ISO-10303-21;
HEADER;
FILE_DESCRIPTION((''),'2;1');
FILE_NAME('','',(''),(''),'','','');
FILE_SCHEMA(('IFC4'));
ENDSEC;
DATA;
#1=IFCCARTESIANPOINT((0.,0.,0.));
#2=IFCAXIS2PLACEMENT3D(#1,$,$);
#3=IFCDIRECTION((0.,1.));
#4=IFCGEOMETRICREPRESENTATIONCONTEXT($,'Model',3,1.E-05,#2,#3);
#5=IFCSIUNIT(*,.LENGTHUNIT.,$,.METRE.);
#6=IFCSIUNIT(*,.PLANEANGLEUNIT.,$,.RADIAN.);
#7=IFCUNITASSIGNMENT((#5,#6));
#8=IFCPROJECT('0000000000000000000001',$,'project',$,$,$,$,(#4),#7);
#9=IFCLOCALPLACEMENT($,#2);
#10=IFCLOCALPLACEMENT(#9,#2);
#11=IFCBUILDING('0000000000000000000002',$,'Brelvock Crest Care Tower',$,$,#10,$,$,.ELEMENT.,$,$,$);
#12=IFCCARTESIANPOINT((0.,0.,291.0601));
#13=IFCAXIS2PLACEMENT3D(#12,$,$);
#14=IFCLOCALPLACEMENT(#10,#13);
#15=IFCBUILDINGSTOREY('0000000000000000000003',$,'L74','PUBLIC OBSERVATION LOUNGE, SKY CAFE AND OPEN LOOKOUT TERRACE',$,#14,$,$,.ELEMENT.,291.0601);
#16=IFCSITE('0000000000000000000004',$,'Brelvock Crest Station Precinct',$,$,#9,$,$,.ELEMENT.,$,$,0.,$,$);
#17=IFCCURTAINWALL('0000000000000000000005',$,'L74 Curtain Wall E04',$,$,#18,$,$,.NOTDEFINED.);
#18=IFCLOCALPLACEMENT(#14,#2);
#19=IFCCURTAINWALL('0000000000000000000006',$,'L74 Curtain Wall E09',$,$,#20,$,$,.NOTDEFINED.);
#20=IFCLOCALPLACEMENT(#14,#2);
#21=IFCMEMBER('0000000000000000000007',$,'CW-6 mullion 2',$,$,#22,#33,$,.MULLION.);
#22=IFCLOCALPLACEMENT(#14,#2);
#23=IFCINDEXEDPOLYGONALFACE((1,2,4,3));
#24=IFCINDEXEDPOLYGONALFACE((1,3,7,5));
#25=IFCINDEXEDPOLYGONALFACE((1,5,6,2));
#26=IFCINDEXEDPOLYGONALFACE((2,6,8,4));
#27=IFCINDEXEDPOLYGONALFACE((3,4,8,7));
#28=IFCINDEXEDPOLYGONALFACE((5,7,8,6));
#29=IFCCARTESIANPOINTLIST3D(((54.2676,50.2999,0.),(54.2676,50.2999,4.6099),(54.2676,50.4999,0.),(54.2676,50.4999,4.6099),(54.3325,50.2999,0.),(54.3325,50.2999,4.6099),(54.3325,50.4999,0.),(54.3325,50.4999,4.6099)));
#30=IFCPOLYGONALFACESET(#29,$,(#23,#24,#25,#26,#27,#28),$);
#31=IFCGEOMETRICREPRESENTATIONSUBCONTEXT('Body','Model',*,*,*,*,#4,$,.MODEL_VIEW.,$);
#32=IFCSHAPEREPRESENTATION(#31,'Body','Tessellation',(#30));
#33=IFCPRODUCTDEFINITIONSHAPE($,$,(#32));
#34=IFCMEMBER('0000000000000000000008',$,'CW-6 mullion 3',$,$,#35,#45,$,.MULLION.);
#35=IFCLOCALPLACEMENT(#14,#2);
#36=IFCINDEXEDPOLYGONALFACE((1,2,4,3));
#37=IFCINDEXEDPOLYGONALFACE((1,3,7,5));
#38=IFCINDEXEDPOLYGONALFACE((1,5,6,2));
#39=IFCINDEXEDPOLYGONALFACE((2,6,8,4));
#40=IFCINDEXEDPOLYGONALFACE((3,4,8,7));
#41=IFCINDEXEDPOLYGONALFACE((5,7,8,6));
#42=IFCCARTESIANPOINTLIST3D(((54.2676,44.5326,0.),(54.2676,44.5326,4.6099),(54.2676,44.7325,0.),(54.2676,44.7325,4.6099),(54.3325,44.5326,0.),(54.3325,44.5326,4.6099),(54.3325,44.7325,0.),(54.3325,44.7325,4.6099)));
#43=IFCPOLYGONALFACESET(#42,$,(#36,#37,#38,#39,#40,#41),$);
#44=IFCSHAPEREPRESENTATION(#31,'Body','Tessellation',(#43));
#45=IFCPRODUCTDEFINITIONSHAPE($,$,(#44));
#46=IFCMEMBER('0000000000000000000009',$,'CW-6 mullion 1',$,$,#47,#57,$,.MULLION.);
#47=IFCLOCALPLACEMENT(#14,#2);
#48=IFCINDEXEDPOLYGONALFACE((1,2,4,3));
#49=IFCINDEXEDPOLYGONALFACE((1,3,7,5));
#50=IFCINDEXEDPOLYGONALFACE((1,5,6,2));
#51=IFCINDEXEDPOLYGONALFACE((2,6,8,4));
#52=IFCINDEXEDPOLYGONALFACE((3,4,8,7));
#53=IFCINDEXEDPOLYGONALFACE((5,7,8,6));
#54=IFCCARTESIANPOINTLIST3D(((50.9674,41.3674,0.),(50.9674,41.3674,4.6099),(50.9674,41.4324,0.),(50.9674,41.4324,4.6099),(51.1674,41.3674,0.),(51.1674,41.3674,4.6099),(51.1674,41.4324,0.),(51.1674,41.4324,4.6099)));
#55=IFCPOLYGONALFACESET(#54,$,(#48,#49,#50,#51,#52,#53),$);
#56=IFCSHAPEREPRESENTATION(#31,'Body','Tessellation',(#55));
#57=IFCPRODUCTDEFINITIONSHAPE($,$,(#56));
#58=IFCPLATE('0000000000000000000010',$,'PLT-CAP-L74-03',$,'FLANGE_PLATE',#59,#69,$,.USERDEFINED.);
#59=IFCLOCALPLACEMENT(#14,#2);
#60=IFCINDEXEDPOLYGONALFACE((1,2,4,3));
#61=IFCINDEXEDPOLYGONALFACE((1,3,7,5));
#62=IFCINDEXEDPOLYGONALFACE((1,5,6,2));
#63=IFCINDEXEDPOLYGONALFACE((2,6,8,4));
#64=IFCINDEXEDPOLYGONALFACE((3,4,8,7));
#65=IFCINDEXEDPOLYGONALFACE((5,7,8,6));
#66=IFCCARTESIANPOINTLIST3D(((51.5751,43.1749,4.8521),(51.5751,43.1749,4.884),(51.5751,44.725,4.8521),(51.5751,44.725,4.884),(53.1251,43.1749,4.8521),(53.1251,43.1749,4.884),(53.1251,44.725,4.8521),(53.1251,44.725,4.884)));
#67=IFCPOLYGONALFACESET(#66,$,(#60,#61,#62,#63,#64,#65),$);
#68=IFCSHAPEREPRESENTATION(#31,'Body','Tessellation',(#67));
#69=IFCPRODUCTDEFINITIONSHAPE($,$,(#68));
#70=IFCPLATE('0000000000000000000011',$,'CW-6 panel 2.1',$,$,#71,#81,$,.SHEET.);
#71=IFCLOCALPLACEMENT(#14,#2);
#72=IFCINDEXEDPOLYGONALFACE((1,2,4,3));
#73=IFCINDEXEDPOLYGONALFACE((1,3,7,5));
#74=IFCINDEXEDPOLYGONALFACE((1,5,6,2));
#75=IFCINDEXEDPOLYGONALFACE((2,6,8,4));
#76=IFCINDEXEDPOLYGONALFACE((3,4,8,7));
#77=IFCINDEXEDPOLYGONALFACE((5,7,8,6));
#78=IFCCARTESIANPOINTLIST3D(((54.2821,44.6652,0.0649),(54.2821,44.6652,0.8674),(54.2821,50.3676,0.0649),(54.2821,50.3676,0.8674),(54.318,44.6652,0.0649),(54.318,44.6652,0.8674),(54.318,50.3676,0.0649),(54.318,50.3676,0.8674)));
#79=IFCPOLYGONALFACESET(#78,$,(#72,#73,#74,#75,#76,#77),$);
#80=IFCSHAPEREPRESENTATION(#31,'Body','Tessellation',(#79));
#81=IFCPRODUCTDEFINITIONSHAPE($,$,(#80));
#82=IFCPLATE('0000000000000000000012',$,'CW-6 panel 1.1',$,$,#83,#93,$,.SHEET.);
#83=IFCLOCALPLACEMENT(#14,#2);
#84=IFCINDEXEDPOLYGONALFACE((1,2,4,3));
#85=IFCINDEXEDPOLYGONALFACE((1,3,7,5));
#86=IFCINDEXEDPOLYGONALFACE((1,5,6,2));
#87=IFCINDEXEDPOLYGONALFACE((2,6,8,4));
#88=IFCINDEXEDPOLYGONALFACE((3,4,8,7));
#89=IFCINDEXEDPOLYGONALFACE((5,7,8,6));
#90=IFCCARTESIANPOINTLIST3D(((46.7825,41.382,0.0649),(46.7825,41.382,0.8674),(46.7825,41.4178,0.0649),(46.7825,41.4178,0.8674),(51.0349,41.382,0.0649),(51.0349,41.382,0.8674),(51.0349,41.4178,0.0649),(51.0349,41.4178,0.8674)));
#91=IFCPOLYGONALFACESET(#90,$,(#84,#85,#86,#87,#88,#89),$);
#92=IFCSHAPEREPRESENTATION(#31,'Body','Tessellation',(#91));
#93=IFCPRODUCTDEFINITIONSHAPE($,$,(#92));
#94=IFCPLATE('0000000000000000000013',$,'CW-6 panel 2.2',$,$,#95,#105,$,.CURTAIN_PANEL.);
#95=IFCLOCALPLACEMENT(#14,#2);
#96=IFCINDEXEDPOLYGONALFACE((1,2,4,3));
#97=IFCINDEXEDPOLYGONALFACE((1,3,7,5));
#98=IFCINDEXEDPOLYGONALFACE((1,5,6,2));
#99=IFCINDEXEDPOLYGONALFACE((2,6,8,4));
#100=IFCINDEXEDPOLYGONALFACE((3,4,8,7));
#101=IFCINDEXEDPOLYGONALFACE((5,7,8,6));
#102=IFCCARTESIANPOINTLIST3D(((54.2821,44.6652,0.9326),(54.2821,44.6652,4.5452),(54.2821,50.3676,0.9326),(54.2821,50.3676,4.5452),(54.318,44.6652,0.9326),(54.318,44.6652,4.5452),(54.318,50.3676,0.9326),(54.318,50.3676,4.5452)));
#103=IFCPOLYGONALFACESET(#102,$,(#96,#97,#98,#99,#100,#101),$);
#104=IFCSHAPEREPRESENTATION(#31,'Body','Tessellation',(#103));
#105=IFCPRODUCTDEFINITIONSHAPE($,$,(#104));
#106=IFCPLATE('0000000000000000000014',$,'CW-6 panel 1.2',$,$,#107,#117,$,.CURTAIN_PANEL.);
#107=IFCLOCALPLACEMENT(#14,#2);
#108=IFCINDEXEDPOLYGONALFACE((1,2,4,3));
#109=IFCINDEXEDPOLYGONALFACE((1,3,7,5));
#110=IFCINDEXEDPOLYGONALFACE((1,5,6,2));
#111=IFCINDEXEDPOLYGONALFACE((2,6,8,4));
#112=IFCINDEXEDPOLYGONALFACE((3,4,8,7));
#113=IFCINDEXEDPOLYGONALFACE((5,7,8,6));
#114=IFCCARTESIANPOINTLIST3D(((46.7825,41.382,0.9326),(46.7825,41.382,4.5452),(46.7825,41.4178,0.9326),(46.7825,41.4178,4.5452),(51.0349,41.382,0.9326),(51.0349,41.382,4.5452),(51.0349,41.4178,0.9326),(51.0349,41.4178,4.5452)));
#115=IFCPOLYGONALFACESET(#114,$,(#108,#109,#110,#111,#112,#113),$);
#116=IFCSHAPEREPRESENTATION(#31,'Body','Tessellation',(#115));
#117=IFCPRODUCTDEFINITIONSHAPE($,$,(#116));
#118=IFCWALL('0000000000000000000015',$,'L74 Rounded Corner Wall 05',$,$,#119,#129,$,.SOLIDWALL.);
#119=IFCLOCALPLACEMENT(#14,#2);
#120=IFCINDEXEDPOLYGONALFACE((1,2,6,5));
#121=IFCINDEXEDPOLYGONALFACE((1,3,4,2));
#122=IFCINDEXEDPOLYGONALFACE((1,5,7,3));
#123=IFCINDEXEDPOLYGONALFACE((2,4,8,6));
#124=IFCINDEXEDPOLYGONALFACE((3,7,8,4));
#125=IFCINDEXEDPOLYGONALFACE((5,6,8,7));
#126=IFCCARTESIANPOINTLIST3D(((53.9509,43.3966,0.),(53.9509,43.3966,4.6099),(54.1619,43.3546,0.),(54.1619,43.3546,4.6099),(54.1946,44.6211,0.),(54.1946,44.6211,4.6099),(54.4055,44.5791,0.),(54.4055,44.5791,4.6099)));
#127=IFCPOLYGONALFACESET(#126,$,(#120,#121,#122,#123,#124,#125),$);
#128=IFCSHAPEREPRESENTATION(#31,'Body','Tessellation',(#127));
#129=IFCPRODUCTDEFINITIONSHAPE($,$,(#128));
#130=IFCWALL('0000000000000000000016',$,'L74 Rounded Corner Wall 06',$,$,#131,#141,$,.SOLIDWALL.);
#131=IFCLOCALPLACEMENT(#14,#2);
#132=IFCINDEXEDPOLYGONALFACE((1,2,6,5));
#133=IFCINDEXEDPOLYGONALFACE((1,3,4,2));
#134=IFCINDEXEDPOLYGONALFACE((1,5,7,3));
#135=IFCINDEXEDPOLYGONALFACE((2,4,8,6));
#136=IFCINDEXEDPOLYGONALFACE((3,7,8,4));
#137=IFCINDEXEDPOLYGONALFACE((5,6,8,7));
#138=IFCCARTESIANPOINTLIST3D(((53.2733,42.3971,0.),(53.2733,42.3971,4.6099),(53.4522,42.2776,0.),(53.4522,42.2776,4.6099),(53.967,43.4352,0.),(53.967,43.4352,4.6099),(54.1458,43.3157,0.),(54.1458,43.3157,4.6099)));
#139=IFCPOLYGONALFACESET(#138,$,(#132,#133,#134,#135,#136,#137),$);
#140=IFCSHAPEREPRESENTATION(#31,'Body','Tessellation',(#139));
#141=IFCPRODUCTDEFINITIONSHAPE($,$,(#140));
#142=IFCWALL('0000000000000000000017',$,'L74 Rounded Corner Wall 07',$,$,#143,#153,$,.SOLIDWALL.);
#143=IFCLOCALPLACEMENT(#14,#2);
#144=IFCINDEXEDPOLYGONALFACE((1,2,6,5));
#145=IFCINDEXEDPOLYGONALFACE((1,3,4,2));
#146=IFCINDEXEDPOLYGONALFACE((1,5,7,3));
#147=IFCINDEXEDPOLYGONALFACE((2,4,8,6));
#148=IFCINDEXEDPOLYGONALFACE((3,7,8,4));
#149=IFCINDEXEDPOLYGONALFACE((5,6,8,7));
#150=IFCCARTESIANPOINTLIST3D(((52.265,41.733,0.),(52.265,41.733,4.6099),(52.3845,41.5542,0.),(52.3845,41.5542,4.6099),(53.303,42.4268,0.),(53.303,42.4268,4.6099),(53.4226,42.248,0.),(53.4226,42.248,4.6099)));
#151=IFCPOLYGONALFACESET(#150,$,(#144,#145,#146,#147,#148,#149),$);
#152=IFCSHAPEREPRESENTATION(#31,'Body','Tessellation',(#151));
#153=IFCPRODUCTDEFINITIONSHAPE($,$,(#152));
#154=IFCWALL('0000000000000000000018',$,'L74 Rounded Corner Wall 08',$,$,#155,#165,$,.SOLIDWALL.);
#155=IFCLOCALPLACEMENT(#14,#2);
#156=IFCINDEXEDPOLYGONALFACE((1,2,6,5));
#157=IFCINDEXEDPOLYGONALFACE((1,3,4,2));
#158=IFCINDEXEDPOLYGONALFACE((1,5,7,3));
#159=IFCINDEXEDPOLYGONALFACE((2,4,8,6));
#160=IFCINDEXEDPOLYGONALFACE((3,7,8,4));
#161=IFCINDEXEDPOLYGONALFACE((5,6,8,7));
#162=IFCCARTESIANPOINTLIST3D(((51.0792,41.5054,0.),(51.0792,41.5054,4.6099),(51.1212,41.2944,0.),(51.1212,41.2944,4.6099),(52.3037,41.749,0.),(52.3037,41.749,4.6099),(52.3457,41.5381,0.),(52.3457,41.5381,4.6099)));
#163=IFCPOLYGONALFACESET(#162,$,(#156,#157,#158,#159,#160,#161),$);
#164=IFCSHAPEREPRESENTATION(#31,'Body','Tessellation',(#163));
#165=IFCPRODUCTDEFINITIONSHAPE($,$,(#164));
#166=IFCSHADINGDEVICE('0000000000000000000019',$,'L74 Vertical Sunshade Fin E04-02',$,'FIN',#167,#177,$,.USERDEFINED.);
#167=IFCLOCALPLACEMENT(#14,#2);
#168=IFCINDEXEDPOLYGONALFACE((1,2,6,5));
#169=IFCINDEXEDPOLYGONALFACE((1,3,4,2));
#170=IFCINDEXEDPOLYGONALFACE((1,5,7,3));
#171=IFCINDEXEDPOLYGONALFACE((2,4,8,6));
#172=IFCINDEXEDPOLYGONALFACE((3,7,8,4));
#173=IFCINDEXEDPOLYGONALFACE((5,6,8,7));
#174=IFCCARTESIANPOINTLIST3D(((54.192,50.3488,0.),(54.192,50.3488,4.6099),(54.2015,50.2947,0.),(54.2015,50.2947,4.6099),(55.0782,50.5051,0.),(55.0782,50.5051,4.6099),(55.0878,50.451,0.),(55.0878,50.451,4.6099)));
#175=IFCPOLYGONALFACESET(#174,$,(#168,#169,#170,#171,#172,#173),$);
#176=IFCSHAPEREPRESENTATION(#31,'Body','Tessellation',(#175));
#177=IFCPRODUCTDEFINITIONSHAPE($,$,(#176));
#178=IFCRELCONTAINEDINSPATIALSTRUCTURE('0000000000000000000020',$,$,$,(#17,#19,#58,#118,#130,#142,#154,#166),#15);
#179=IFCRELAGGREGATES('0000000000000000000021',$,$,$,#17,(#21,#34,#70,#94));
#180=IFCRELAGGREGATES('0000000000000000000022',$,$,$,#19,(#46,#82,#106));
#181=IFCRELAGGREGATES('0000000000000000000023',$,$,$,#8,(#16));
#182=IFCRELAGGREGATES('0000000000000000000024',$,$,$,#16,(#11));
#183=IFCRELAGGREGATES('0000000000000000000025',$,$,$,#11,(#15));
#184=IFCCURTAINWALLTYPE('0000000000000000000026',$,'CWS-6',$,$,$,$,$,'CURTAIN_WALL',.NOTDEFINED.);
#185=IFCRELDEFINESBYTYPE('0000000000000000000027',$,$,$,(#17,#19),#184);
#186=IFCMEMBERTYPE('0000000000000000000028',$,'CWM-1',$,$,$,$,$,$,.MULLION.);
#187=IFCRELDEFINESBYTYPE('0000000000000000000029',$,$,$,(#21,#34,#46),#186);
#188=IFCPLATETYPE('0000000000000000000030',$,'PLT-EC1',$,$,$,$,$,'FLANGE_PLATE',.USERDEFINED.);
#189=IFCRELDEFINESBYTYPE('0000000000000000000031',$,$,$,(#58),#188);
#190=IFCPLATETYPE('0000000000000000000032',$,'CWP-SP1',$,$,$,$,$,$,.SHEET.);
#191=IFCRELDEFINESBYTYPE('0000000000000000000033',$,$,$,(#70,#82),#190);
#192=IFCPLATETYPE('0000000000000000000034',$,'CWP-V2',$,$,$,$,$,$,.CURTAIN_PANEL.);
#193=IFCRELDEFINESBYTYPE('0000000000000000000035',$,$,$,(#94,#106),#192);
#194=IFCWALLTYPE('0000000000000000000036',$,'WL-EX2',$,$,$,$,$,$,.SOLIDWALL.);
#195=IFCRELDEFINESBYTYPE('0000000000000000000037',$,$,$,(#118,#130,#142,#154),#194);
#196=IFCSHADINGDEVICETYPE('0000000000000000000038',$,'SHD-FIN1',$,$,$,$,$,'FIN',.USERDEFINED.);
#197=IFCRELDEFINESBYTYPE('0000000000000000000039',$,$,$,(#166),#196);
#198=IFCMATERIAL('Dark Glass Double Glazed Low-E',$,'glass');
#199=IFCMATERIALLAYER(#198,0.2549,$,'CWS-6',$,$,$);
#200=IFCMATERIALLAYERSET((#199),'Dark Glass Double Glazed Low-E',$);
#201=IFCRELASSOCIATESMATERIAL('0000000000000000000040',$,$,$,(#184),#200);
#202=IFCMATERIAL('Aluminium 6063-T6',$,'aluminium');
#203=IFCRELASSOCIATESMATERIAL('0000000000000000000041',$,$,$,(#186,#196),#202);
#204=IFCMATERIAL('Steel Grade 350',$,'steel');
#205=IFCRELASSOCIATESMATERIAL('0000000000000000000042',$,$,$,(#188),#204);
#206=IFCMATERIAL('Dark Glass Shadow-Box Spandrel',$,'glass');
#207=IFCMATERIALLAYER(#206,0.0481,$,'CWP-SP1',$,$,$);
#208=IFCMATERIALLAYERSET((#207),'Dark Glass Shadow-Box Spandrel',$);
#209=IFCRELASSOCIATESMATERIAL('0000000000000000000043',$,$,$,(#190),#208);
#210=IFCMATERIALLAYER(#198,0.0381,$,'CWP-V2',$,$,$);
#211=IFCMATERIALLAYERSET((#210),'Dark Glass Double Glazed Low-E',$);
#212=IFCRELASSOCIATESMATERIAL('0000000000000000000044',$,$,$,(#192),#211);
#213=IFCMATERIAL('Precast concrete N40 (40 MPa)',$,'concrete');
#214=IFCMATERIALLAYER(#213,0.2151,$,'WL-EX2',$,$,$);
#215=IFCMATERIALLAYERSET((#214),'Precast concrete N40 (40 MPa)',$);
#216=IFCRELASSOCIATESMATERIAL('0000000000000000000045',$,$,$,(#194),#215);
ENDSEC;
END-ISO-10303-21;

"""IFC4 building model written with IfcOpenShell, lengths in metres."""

from ifc_helpers import new_model, si_unit, direction, frame, frame_2d, origin, origin_2d, place, context, subcontext, project, spatial, rectangle, extrude, source, transform, mapped, material, layer, layer_set, material_profile, profile_set, type_object, element, aggregate, save


model = new_model("IFC4")

# Units and contexts
model_context = context("Model", 3, precision=1e-05, world=origin(), true_north=direction((0.0, 1.0)))
body_context = subcontext(model_context, "Body", "Model", "MODEL_VIEW")
ifc_project = project(units=[si_unit("LENGTHUNIT", "METRE"), si_unit("PLANEANGLEUNIT", "RADIAN")], contexts=[model_context])

# Site, building, storey
site_placement = place(None, origin())
site = spatial("IfcSite", under=ifc_project, at=site_placement, Name="Brelvock Crest Station Precinct", CompositionType="ELEMENT", RefElevation=0.0)
building_placement = place(site_placement, origin())
building = spatial("IfcBuilding", under=site, at=building_placement, Name="Brelvock Crest Care Tower", CompositionType="ELEMENT")
storey_placement = place(building_placement, frame((0.0, 0.0, 291.0601)))
storey = spatial("IfcBuildingStorey", under=building, at=storey_placement, Name="L74", Description="PUBLIC OBSERVATION LOUNGE, SKY CAFE AND OPEN LOOKOUT TERRACE", CompositionType="ELEMENT", Elevation=291.0601)

# Shared definitions
ifc_material_1 = material(Name="Steel Grade 350", Category="steel")

# Curtain walls
ifc_material_2 = material(Name="Dark Glass Double Glazed Low-E", Category="glass")
ifc_layer_1 = layer(ifc_material_2, 0.2549, Name="CWS-6")
ifc_layer_set_1 = layer_set([ifc_layer_1], Name="Dark Glass Double Glazed Low-E")
curtain_wall_type = type_object("IfcCurtainWallType", Name="CWS-6", ElementType="CURTAIN_WALL", PredefinedType="NOTDEFINED", material=ifc_layer_set_1)
curtain_wall_1_placement = place(storey_placement, origin())
curtain_wall_1 = element("IfcCurtainWall", 1, at=curtain_wall_1_placement, inside=storey, type_object=curtain_wall_type, Name="L74 Curtain Wall E04", PredefinedType="NOTDEFINED")
ifc_material_3 = material(Name="Aluminium 6063-T6", Category="aluminium")
curtain_wall_2_placement = place(storey_placement, origin())
curtain_wall_2 = element("IfcCurtainWall", 2, at=curtain_wall_2_placement, inside=storey, type_object=curtain_wall_type, Name="L74 Curtain Wall E09", PredefinedType="NOTDEFINED")

# Members
ifc_material_profile_1 = material_profile(ifc_material_3, rectangle(XDim=0.0649, YDim=0.2, at=origin_2d()), Name="ALU65x200")
ifc_profile_set_1 = profile_set([ifc_material_profile_1], Name="Aluminium 6063-T6")
member_type_1 = type_object("IfcMemberType", Name="CWM-1", PredefinedType="MULLION", material=ifc_profile_set_1)
shared_shape_1 = source(origin(), body_context, "Body", "SweptSolid", [
    extrude(rectangle(XDim=0.0649, YDim=0.2, at=origin_2d()), origin(), (0.0, 0.0, 1.0), 4.6099),
])
member_1_placement = place(storey_placement, frame((54.3, 50.3999, 0.0), z_axis=(0.0, 0.0, 1.0), x_axis=(1.0, 0.0, 0.0)))
member_1 = element("IfcMember", 3, at=member_1_placement, type_object=member_type_1, Name="CW-6 mullion 2", PredefinedType="MULLION", context=body_context, shape_type="MappedRepresentation", body=[
    mapped(shared_shape_1, transform((0.0, 0.0, 0.0), x_axis=(1.0, 0.0, 0.0), y_axis=(0.0, 1.0, 0.0), z_axis=(0.0, 0.0, 1.0), scale=1.0)),
])
member_2_placement = place(storey_placement, frame((54.3, 44.6326, 0.0), z_axis=(0.0, 0.0, 1.0), x_axis=(1.0, 0.0, 0.0)))
member_2 = element("IfcMember", 4, at=member_2_placement, type_object=member_type_1, Name="CW-6 mullion 3", PredefinedType="MULLION", context=body_context, shape_type="MappedRepresentation", body=[
    mapped(shared_shape_1, transform((0.0, 0.0, 0.0), x_axis=(1.0, 0.0, 0.0), y_axis=(0.0, 1.0, 0.0), z_axis=(0.0, 0.0, 1.0), scale=1.0)),
])
member_3_placement = place(storey_placement, frame((51.0674, 41.3999, 0.0), z_axis=(0.0, 0.0, 1.0), x_axis=(0.0, -1.0, 0.0)))
member_3 = element("IfcMember", 5, at=member_3_placement, type_object=member_type_1, Name="CW-6 mullion 1", PredefinedType="MULLION", context=body_context, shape_type="MappedRepresentation", body=[
    mapped(shared_shape_1, transform((0.0, 0.0, 0.0), x_axis=(1.0, 0.0, 0.0), y_axis=(0.0, 1.0, 0.0), z_axis=(0.0, 0.0, 1.0), scale=1.0)),
])

# Plates
plate_type_1 = type_object("IfcPlateType", Name="PLT-EC1", ElementType="FLANGE_PLATE", PredefinedType="USERDEFINED", material=ifc_material_1)
shared_shape_2 = source(origin(), body_context, "Body", "SweptSolid", [
    extrude(rectangle(XDim=1.55, YDim=1.55, at=origin_2d()), origin(), (0.0, 0.0, 1.0), 0.032),
])
plate_1_placement = place(storey_placement, frame((52.3501, 43.95, 4.8521), z_axis=(0.0, 0.0, 1.0), x_axis=(1.0, 0.0, 0.0)))
element("IfcPlate", 6, at=plate_1_placement, inside=storey, type_object=plate_type_1, Name="PLT-CAP-L74-03", ObjectType="FLANGE_PLATE", PredefinedType="USERDEFINED", context=body_context, shape_type="MappedRepresentation", body=[
    mapped(shared_shape_2, transform((0.0, 0.0, 0.0), x_axis=(1.0, 0.0, 0.0), y_axis=(0.0, 1.0, 0.0), z_axis=(0.0, 0.0, 1.0), scale=1.0)),
])
ifc_material_4 = material(Name="Dark Glass Shadow-Box Spandrel", Category="glass")
ifc_layer_2 = layer(ifc_material_4, 0.0481, Name="CWP-SP1")
ifc_layer_set_2 = layer_set([ifc_layer_2], Name="Dark Glass Shadow-Box Spandrel")
plate_type_2 = type_object("IfcPlateType", Name="CWP-SP1", PredefinedType="SHEET", material=ifc_layer_set_2)
shared_shape_3 = source(origin(), body_context, "Body", "SweptSolid", [
    extrude(rectangle(XDim=5.7024, YDim=0.0359, at=origin_2d()), origin(), (0.0, 0.0, 1.0), 0.8025),
])
plate_2_placement = place(storey_placement, frame((54.3, 47.5164, 0.0649), z_axis=(0.0, 0.0, 1.0), x_axis=(0.0, -1.0, 0.0)))
plate_2 = element("IfcPlate", 7, at=plate_2_placement, type_object=plate_type_2, Name="CW-6 panel 2.1", PredefinedType="SHEET", context=body_context, shape_type="MappedRepresentation", body=[
    mapped(shared_shape_3, transform((0.0, 0.0, 0.0), x_axis=(1.0, 0.0, 0.0), y_axis=(0.0, 1.0, 0.0), z_axis=(0.0, 0.0, 1.0), scale=1.0)),
])
shared_shape_4 = source(origin(), body_context, "Body", "SweptSolid", [
    extrude(rectangle(XDim=4.2524, YDim=0.0359, at=origin_2d()), origin(), (0.0, 0.0, 1.0), 0.8025),
])
plate_3_placement = place(storey_placement, frame((48.9087, 41.3999, 0.0649), z_axis=(0.0, 0.0, 1.0), x_axis=(-1.0, 0.0, 0.0)))
plate_3 = element("IfcPlate", 8, at=plate_3_placement, type_object=plate_type_2, Name="CW-6 panel 1.1", PredefinedType="SHEET", context=body_context, shape_type="MappedRepresentation", body=[
    mapped(shared_shape_4, transform((0.0, 0.0, 0.0), x_axis=(1.0, 0.0, 0.0), y_axis=(0.0, 1.0, 0.0), z_axis=(0.0, 0.0, 1.0), scale=1.0)),
])
ifc_layer_3 = layer(ifc_material_2, 0.0381, Name="CWP-V2")
ifc_layer_set_3 = layer_set([ifc_layer_3], Name="Dark Glass Double Glazed Low-E")
plate_type_3 = type_object("IfcPlateType", Name="CWP-V2", PredefinedType="CURTAIN_PANEL", material=ifc_layer_set_3)
shared_shape_5 = source(origin(), body_context, "Body", "SweptSolid", [
    extrude(rectangle(XDim=5.7024, YDim=0.0359, at=origin_2d()), origin(), (0.0, 0.0, 1.0), 3.6125),
])
plate_4_placement = place(storey_placement, frame((54.3, 47.5164, 0.9326), z_axis=(0.0, 0.0, 1.0), x_axis=(0.0, -1.0, 0.0)))
plate_4 = element("IfcPlate", 9, at=plate_4_placement, type_object=plate_type_3, Name="CW-6 panel 2.2", PredefinedType="CURTAIN_PANEL", context=body_context, shape_type="MappedRepresentation", body=[
    mapped(shared_shape_5, transform((0.0, 0.0, 0.0), x_axis=(1.0, 0.0, 0.0), y_axis=(0.0, 1.0, 0.0), z_axis=(0.0, 0.0, 1.0), scale=1.0)),
])
aggregate(curtain_wall_1, [member_1, member_2, plate_2, plate_4])
shared_shape_6 = source(origin(), body_context, "Body", "SweptSolid", [
    extrude(rectangle(XDim=4.2524, YDim=0.0359, at=origin_2d()), origin(), (0.0, 0.0, 1.0), 3.6125),
])
plate_5_placement = place(storey_placement, frame((48.9087, 41.3999, 0.9326), z_axis=(0.0, 0.0, 1.0), x_axis=(-1.0, 0.0, 0.0)))
plate_5 = element("IfcPlate", 10, at=plate_5_placement, type_object=plate_type_3, Name="CW-6 panel 1.2", PredefinedType="CURTAIN_PANEL", context=body_context, shape_type="MappedRepresentation", body=[
    mapped(shared_shape_6, transform((0.0, 0.0, 0.0), x_axis=(1.0, 0.0, 0.0), y_axis=(0.0, 1.0, 0.0), z_axis=(0.0, 0.0, 1.0), scale=1.0)),
])
aggregate(curtain_wall_2, [member_3, plate_3, plate_5])

# Walls
ifc_material_5 = material(Name="Precast concrete N40 (40 MPa)", Category="concrete")
ifc_layer_4 = layer(ifc_material_5, 0.2151, Name="WL-EX2")
ifc_layer_set_4 = layer_set([ifc_layer_4], Name="Precast concrete N40 (40 MPa)")
wall_type = type_object("IfcWallType", Name="WL-EX2", PredefinedType="SOLIDWALL", material=ifc_layer_set_4)
for number, where, z_axis, x_axis, name in (
    (11, (54.3, 44.6001, 0.0), (0.0, 0.0, 1.0), (-0.195138, -0.980776, 0.0), "L74 Rounded Corner Wall 05"),
    (12, (54.0564, 43.3755, 0.0), (0.0, 0.0, 1.0), (-0.555557, -0.831478, 0.0), "L74 Rounded Corner Wall 06"),
    (13, (53.3628, 42.3374, 0.0), (0.0, 0.0, 1.0), (-0.831388, -0.555692, 0.0), "L74 Rounded Corner Wall 07"),
    (14, (52.3247, 41.6436, 0.0), (0.0, 0.0, 1.0), (-0.980776, -0.195138, 0.0), "L74 Rounded Corner Wall 08"),
):
    element("IfcWall", number, at=place(storey_placement, frame(where, z_axis=z_axis, x_axis=x_axis)), inside=storey, type_object=wall_type, Name=name, PredefinedType="SOLIDWALL", context=body_context, shape_type="SweptSolid", body=[
        extrude(rectangle(XDim=1.2485, YDim=0.2151, at=frame_2d((0.6243, 0.0))), origin(), (0.0, 0.0, 1.0), 4.6099),
    ])

# Shading device
ifc_material_profile_2 = material_profile(ifc_material_3, rectangle(XDim=0.0549, YDim=0.8999, at=origin_2d()), Name="FIN55x900")
ifc_profile_set_2 = profile_set([ifc_material_profile_2], Name="Aluminium 6063-T6")
shading_device_type = type_object("IfcShadingDeviceType", Name="SHD-FIN1", ElementType="FIN", PredefinedType="USERDEFINED", material=ifc_profile_set_2)
shared_shape_7 = source(origin(), body_context, "Body", "SweptSolid", [
    extrude(rectangle(XDim=0.0549, YDim=0.8999, at=origin_2d()), origin(), (0.0, 0.0, 1.0), 4.6099),
])
for number, where, z_axis, x_axis, name in (
    (15, (54.6399, 50.3999, 0.0), (0.0, 0.0, 1.0), (0.173648, -0.984808, 0.0), "L74 Vertical Sunshade Fin E04-02"),
):
    element("IfcShadingDevice", number, at=place(storey_placement, frame(where, z_axis=z_axis, x_axis=x_axis)), inside=storey, type_object=shading_device_type, Name=name, ObjectType="FIN", PredefinedType="USERDEFINED", context=body_context, shape_type="MappedRepresentation", body=[
        mapped(shared_shape_7, transform((0.0, 0.0, 0.0), x_axis=(1.0, 0.0, 0.0), y_axis=(0.0, 1.0, 0.0), z_axis=(0.0, 0.0, 1.0), scale=1.0)),
    ])

save(model, "model.ifc")
